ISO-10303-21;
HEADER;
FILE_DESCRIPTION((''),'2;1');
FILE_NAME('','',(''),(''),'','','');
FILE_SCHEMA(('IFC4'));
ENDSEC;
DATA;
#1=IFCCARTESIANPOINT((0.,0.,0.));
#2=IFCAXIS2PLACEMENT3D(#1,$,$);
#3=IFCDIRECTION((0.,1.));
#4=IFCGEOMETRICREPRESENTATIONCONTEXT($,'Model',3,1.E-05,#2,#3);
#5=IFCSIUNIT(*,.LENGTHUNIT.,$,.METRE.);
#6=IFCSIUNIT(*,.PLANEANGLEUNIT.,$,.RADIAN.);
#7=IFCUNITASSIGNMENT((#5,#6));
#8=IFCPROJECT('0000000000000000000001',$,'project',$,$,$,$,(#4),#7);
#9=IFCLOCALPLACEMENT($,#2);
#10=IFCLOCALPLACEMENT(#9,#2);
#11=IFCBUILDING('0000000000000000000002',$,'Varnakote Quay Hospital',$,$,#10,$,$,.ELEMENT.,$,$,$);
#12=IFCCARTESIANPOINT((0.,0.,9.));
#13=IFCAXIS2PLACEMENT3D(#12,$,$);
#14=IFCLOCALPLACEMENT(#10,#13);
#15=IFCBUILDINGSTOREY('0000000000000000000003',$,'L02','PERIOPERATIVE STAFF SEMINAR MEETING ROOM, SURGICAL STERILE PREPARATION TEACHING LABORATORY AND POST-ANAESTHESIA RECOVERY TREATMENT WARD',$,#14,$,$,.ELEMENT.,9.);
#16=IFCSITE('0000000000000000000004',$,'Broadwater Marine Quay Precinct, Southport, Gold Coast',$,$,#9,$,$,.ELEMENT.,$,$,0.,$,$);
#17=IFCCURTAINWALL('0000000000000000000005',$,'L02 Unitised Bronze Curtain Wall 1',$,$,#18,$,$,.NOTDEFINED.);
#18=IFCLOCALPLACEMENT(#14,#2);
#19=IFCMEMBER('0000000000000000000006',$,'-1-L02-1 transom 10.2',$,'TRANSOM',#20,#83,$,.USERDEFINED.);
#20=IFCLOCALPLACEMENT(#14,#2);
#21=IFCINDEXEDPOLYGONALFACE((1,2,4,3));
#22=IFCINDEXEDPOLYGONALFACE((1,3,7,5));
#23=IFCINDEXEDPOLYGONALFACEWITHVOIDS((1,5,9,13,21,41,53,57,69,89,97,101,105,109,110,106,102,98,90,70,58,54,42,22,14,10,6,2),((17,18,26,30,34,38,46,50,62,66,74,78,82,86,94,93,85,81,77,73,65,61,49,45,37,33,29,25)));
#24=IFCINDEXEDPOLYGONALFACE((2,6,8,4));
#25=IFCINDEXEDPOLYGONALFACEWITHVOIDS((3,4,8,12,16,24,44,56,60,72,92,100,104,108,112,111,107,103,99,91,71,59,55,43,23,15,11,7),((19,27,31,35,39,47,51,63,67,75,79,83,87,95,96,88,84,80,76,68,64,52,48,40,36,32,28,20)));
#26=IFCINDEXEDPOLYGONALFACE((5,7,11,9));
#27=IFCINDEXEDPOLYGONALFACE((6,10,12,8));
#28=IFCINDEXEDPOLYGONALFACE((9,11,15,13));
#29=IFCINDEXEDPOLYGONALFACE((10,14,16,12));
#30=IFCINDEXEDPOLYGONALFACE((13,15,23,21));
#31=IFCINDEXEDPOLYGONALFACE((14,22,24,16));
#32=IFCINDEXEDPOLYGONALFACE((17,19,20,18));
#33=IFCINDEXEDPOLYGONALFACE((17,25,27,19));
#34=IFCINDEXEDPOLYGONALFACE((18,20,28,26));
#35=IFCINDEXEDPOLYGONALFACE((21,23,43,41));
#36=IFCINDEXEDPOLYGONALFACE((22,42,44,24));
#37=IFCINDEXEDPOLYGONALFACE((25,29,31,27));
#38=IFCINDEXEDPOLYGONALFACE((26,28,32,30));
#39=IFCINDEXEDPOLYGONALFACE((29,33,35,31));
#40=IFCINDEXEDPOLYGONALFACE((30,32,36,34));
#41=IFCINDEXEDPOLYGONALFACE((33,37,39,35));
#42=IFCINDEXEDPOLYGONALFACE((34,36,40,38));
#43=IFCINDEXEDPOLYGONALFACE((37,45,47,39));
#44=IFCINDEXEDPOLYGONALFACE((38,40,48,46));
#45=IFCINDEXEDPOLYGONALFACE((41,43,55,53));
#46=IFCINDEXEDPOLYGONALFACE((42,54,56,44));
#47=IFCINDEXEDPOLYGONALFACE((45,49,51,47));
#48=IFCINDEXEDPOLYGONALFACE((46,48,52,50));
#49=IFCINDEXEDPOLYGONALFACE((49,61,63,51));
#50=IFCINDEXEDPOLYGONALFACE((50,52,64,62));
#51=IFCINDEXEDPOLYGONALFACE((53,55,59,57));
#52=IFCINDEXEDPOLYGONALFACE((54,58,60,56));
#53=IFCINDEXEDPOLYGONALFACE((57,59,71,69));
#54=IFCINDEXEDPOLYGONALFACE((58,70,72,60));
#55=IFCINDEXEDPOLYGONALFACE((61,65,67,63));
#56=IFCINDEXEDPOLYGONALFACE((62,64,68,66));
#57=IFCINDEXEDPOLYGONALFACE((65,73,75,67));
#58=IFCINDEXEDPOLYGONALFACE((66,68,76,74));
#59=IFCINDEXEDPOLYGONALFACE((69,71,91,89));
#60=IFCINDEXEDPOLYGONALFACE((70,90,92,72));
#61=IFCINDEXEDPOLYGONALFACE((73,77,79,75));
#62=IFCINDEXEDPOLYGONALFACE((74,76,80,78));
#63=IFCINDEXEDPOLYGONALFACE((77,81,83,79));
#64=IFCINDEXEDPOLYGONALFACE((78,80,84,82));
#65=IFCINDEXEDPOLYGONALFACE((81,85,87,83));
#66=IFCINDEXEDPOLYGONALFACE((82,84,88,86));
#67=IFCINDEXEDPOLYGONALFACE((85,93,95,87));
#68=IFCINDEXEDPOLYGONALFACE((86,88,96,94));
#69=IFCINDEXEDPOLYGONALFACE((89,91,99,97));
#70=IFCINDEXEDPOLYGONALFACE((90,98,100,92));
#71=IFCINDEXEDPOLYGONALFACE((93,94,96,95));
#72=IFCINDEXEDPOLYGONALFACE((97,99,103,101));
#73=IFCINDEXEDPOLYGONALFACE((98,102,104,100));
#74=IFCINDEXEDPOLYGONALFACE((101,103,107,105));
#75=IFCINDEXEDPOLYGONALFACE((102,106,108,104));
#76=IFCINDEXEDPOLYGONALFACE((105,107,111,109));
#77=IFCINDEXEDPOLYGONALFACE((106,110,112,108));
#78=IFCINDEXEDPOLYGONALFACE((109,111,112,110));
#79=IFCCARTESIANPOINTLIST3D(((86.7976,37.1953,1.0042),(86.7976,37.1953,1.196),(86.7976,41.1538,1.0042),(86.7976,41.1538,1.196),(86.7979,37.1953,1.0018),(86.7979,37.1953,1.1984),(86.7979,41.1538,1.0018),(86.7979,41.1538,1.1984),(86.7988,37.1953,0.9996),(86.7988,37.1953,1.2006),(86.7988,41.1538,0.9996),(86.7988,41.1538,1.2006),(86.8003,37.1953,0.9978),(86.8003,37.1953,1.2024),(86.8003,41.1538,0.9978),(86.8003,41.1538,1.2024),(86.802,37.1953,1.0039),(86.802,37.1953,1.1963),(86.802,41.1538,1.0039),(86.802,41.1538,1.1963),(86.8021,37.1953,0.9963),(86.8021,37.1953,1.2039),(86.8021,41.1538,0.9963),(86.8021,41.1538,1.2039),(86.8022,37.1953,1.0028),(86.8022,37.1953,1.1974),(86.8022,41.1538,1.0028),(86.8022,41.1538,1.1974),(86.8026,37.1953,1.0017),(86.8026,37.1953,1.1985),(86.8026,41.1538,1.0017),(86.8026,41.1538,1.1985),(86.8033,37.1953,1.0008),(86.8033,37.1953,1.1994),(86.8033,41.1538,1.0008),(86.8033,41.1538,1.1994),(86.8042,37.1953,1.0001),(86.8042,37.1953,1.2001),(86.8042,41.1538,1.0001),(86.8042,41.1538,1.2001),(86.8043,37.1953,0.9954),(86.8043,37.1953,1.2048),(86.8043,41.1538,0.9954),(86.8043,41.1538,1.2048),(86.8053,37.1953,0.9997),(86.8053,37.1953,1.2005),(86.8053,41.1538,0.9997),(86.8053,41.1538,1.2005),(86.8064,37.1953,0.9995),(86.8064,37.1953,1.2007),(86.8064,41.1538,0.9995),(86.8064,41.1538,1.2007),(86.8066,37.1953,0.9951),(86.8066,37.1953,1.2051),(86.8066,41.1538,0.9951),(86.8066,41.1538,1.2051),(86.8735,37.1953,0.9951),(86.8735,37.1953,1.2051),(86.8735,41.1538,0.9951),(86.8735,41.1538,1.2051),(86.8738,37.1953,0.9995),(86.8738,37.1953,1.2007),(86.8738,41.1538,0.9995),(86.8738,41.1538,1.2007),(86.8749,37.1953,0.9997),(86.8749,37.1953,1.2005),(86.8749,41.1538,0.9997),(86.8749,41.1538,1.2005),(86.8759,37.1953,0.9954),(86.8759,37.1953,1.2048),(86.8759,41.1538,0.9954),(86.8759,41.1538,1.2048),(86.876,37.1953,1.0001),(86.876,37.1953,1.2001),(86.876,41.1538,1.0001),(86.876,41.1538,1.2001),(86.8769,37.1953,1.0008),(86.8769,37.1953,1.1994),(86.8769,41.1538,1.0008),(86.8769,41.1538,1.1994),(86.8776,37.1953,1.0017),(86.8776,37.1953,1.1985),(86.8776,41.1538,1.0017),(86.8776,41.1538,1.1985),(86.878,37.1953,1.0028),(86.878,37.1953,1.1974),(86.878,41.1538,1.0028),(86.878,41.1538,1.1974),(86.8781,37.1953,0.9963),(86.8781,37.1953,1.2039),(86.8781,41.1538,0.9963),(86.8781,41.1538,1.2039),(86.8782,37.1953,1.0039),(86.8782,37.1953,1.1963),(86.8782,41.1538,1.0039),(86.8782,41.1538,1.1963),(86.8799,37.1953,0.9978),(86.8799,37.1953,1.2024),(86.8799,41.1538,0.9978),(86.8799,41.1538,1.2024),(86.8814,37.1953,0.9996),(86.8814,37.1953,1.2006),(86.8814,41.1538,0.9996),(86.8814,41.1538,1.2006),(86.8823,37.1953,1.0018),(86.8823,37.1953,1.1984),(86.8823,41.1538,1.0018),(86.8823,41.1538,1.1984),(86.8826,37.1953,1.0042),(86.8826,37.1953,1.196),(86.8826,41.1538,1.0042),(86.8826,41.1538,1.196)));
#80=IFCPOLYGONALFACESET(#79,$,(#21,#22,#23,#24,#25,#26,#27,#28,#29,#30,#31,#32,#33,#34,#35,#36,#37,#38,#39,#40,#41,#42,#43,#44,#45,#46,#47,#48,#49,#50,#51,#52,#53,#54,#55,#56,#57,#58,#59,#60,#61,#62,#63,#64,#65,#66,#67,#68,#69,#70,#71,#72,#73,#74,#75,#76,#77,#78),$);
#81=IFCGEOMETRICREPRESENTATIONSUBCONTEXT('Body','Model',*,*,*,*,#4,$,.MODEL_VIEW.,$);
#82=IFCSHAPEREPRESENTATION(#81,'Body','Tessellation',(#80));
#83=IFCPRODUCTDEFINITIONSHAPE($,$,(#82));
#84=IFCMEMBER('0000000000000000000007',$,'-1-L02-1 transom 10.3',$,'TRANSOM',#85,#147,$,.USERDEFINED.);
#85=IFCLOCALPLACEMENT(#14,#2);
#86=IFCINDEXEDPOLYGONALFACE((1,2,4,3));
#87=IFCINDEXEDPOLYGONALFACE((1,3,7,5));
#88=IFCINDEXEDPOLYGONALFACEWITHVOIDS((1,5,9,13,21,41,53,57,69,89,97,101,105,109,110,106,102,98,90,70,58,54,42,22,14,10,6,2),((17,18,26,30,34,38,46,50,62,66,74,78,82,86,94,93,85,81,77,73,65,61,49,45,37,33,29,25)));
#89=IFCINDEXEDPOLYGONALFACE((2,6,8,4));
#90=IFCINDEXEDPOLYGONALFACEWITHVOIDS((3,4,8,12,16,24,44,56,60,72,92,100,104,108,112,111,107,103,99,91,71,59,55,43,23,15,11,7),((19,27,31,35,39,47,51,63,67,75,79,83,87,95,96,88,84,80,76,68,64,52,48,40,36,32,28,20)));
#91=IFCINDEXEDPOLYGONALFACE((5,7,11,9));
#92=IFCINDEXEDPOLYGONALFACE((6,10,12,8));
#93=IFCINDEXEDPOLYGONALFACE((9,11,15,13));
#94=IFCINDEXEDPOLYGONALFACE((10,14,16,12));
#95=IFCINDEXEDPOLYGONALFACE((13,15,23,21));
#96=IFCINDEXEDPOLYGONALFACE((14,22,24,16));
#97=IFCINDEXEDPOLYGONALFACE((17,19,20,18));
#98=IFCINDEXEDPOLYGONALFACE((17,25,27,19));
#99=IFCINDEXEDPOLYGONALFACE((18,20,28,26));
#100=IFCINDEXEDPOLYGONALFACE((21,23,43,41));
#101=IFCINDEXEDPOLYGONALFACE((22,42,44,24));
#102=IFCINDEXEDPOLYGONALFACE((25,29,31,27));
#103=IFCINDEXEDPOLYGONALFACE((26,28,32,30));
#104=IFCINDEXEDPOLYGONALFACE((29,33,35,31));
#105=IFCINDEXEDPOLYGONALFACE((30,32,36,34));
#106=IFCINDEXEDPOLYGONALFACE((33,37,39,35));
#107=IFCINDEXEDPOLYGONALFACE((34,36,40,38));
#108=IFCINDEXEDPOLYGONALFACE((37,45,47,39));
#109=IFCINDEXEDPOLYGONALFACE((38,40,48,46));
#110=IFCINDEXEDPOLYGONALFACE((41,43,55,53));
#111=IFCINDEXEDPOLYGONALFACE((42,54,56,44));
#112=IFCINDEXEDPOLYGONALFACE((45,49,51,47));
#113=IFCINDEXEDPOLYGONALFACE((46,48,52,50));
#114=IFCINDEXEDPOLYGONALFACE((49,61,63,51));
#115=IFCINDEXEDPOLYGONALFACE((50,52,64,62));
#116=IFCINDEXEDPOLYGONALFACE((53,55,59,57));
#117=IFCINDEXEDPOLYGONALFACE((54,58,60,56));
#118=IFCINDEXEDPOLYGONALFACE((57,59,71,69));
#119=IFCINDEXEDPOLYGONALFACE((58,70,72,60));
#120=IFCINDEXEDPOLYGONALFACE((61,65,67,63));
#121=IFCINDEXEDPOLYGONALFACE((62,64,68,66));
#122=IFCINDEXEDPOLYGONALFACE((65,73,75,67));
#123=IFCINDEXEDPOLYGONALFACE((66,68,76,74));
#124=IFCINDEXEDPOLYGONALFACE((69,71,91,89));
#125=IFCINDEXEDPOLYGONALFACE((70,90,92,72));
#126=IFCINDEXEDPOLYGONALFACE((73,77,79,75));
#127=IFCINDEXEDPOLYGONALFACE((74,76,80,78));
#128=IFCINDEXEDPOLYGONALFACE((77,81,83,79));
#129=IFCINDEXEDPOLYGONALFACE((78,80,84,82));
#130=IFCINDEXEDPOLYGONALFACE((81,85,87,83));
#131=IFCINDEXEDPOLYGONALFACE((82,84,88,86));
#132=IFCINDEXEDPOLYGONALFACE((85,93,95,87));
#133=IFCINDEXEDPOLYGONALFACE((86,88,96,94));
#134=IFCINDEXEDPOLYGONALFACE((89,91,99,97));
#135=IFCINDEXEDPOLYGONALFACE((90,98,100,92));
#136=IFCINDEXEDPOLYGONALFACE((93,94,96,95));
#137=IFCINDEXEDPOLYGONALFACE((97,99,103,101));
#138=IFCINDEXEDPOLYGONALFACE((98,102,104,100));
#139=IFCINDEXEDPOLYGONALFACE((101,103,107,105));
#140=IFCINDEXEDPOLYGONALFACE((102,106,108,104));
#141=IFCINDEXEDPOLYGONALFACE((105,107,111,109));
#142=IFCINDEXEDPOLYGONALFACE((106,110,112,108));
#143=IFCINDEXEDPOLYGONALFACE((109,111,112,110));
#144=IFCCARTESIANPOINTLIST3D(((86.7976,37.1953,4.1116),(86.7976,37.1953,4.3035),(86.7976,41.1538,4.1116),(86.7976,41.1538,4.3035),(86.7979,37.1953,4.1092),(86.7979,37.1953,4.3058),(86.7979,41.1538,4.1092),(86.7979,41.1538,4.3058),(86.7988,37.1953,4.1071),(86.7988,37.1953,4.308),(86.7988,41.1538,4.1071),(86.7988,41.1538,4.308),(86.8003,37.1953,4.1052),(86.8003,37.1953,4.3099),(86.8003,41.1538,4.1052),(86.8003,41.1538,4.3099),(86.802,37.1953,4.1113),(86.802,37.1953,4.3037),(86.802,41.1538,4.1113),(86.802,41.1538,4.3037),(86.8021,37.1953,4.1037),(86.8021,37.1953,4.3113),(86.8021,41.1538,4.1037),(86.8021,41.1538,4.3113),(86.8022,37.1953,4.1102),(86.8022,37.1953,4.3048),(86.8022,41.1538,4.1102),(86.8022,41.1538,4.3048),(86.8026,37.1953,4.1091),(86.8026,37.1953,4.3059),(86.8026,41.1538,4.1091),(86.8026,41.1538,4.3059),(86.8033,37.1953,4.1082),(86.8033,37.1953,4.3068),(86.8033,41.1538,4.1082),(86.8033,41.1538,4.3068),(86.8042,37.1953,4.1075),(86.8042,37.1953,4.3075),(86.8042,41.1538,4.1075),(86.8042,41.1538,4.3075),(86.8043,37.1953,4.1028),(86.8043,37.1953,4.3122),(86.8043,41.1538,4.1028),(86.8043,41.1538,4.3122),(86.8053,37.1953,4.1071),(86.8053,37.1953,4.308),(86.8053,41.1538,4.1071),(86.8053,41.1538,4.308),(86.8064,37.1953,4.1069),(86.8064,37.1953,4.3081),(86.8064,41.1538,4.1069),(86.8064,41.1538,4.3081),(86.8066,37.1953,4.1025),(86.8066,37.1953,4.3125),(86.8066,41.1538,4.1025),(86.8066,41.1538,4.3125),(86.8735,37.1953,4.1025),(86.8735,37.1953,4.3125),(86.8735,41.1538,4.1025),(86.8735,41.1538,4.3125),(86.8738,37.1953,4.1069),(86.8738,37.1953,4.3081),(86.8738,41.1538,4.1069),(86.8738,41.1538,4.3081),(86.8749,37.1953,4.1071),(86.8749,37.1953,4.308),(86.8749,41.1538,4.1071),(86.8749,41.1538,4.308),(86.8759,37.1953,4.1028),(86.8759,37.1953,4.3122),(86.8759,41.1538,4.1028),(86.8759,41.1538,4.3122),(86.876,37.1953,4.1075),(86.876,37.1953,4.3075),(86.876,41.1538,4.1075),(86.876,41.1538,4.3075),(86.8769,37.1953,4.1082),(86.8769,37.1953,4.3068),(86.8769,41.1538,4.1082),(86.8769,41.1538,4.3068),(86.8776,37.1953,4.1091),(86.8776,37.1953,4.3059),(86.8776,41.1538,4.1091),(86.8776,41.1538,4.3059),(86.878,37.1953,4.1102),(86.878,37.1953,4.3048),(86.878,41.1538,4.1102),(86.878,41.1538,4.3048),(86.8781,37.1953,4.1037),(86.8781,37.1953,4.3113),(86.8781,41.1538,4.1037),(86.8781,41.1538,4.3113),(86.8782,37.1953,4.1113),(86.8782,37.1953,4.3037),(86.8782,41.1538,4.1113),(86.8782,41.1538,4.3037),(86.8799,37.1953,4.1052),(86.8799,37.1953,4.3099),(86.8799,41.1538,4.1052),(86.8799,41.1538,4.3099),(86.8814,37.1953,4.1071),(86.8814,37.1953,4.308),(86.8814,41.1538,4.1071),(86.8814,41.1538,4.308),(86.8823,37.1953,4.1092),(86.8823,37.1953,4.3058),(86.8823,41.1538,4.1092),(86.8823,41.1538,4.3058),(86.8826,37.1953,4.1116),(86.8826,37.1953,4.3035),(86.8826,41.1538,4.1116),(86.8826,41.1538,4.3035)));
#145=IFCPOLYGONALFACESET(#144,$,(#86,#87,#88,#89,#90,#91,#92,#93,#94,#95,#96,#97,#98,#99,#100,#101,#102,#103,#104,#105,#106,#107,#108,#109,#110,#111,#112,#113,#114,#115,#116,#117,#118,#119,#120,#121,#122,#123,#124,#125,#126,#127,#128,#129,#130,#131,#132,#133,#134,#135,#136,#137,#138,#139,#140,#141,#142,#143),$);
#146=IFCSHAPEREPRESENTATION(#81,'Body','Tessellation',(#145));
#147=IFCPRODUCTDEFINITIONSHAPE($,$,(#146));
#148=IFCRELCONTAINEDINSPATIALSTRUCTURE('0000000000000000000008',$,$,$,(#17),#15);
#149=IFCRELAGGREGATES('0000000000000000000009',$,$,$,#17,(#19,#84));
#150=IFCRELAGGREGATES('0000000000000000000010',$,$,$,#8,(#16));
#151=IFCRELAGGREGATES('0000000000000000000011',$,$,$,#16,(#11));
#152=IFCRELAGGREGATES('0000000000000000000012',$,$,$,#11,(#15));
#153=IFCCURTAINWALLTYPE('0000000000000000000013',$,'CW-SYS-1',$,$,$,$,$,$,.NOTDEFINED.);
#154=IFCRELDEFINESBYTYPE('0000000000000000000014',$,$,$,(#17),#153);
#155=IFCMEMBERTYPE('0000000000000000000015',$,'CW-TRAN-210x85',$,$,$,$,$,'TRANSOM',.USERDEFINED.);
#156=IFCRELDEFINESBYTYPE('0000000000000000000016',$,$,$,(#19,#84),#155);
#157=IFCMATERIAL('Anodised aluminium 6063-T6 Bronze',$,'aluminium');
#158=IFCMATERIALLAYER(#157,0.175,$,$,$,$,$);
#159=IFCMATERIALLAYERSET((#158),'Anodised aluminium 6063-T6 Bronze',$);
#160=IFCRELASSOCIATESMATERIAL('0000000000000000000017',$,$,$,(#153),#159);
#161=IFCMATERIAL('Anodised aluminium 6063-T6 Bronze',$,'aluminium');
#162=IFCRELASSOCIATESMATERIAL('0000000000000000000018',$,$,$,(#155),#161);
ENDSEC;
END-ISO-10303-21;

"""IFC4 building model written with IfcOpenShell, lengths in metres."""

from ifc_helpers import new_model, si_unit, direction, frame, origin, origin_2d, place, context, subcontext, project, spatial, hollow_rectangle, extrude, material, layer, layer_set, material_profile, profile_set, type_object, element, aggregate, save


model = new_model("IFC4")

# Units and contexts
model_context = context("Model", 3, precision=1e-05, world=origin(), true_north=direction((0.0, 1.0)))
body_context = subcontext(model_context, "Body", "Model", "MODEL_VIEW")
ifc_project = project(units=[si_unit("LENGTHUNIT", "METRE"), si_unit("PLANEANGLEUNIT", "RADIAN")], contexts=[model_context])

# Site, building, storey
site_placement = place(None, origin())
site = spatial("IfcSite", under=ifc_project, at=site_placement, Name="Broadwater Marine Quay Precinct, Southport, Gold Coast", CompositionType="ELEMENT", RefElevation=0.0)
building_placement = place(site_placement, origin())
building = spatial("IfcBuilding", under=site, at=building_placement, Name="Varnakote Quay Hospital", CompositionType="ELEMENT")
storey_placement = place(building_placement, frame((0.0, 0.0, 9.0)))
storey = spatial("IfcBuildingStorey", under=building, at=storey_placement, Name="L02", Description="PERIOPERATIVE STAFF SEMINAR MEETING ROOM, SURGICAL STERILE PREPARATION TEACHING LABORATORY AND POST-ANAESTHESIA RECOVERY TREATMENT WARD", CompositionType="ELEMENT", Elevation=9.0)

# Curtain wall, members
ifc_material_1 = material(Name="Anodised aluminium 6063-T6 Bronze", Category="aluminium")
ifc_layer_1 = layer(ifc_material_1, 0.175)
ifc_layer_set_1 = layer_set([ifc_layer_1], Name="Anodised aluminium 6063-T6 Bronze")
curtain_wall_type = type_object("IfcCurtainWallType", Name="CW-SYS-1", PredefinedType="NOTDEFINED", material=ifc_layer_set_1)
curtain_wall_placement = place(storey_placement, origin())
curtain_wall = element("IfcCurtainWall", 1, at=curtain_wall_placement, inside=storey, type_object=curtain_wall_type, Name="L02 Unitised Bronze Curtain Wall 1", PredefinedType="NOTDEFINED")
ifc_material_2 = material(Name="Anodised aluminium 6063-T6 Bronze", Category="aluminium")
ifc_material_profile_1 = material_profile(ifc_material_2, hollow_rectangle(XDim=0.085, YDim=0.21, WallThickness=0.0044, InnerFilletRadius=0.0044, OuterFilletRadius=0.009, at=origin_2d()), Name="CW-TRAN-210x85")
ifc_profile_set_1 = profile_set([ifc_material_profile_1], Name="Anodised aluminium 6063-T6 Bronze")
member_type_1 = type_object("IfcMemberType", Name="CW-TRAN-210x85", ElementType="TRANSOM", PredefinedType="USERDEFINED", material=ifc_profile_set_1)
member_1_placement = place(storey_placement, frame((86.8401, 37.1953, 1.1001), z_axis=(0.0, 1.0, 0.0), x_axis=(-1.0, 0.0, 0.0)))
member_1 = element("IfcMember", 2, at=member_1_placement, type_object=member_type_1, Name="-1-L02-1 transom 10.2", ObjectType="TRANSOM", PredefinedType="USERDEFINED", context=body_context, shape_type="SweptSolid", body=[
    extrude(hollow_rectangle(XDim=0.085, YDim=0.21, WallThickness=0.0044, InnerFilletRadius=0.0044, OuterFilletRadius=0.009, at=origin_2d()), origin(), (0.0, 0.0, 1.0), 3.9585),
])
member_2_placement = place(storey_placement, frame((86.8401, 37.1953, 4.2075), z_axis=(0.0, 1.0, 0.0), x_axis=(-1.0, 0.0, 0.0)))
member_2 = element("IfcMember", 3, at=member_2_placement, type_object=member_type_1, Name="-1-L02-1 transom 10.3", ObjectType="TRANSOM", PredefinedType="USERDEFINED", context=body_context, shape_type="SweptSolid", body=[
    extrude(hollow_rectangle(XDim=0.085, YDim=0.21, WallThickness=0.0044, InnerFilletRadius=0.0044, OuterFilletRadius=0.009, at=origin_2d()), origin(), (0.0, 0.0, 1.0), 3.9585),
])

aggregate(curtain_wall, [member_1, member_2])

save(model, "model.ifc")
